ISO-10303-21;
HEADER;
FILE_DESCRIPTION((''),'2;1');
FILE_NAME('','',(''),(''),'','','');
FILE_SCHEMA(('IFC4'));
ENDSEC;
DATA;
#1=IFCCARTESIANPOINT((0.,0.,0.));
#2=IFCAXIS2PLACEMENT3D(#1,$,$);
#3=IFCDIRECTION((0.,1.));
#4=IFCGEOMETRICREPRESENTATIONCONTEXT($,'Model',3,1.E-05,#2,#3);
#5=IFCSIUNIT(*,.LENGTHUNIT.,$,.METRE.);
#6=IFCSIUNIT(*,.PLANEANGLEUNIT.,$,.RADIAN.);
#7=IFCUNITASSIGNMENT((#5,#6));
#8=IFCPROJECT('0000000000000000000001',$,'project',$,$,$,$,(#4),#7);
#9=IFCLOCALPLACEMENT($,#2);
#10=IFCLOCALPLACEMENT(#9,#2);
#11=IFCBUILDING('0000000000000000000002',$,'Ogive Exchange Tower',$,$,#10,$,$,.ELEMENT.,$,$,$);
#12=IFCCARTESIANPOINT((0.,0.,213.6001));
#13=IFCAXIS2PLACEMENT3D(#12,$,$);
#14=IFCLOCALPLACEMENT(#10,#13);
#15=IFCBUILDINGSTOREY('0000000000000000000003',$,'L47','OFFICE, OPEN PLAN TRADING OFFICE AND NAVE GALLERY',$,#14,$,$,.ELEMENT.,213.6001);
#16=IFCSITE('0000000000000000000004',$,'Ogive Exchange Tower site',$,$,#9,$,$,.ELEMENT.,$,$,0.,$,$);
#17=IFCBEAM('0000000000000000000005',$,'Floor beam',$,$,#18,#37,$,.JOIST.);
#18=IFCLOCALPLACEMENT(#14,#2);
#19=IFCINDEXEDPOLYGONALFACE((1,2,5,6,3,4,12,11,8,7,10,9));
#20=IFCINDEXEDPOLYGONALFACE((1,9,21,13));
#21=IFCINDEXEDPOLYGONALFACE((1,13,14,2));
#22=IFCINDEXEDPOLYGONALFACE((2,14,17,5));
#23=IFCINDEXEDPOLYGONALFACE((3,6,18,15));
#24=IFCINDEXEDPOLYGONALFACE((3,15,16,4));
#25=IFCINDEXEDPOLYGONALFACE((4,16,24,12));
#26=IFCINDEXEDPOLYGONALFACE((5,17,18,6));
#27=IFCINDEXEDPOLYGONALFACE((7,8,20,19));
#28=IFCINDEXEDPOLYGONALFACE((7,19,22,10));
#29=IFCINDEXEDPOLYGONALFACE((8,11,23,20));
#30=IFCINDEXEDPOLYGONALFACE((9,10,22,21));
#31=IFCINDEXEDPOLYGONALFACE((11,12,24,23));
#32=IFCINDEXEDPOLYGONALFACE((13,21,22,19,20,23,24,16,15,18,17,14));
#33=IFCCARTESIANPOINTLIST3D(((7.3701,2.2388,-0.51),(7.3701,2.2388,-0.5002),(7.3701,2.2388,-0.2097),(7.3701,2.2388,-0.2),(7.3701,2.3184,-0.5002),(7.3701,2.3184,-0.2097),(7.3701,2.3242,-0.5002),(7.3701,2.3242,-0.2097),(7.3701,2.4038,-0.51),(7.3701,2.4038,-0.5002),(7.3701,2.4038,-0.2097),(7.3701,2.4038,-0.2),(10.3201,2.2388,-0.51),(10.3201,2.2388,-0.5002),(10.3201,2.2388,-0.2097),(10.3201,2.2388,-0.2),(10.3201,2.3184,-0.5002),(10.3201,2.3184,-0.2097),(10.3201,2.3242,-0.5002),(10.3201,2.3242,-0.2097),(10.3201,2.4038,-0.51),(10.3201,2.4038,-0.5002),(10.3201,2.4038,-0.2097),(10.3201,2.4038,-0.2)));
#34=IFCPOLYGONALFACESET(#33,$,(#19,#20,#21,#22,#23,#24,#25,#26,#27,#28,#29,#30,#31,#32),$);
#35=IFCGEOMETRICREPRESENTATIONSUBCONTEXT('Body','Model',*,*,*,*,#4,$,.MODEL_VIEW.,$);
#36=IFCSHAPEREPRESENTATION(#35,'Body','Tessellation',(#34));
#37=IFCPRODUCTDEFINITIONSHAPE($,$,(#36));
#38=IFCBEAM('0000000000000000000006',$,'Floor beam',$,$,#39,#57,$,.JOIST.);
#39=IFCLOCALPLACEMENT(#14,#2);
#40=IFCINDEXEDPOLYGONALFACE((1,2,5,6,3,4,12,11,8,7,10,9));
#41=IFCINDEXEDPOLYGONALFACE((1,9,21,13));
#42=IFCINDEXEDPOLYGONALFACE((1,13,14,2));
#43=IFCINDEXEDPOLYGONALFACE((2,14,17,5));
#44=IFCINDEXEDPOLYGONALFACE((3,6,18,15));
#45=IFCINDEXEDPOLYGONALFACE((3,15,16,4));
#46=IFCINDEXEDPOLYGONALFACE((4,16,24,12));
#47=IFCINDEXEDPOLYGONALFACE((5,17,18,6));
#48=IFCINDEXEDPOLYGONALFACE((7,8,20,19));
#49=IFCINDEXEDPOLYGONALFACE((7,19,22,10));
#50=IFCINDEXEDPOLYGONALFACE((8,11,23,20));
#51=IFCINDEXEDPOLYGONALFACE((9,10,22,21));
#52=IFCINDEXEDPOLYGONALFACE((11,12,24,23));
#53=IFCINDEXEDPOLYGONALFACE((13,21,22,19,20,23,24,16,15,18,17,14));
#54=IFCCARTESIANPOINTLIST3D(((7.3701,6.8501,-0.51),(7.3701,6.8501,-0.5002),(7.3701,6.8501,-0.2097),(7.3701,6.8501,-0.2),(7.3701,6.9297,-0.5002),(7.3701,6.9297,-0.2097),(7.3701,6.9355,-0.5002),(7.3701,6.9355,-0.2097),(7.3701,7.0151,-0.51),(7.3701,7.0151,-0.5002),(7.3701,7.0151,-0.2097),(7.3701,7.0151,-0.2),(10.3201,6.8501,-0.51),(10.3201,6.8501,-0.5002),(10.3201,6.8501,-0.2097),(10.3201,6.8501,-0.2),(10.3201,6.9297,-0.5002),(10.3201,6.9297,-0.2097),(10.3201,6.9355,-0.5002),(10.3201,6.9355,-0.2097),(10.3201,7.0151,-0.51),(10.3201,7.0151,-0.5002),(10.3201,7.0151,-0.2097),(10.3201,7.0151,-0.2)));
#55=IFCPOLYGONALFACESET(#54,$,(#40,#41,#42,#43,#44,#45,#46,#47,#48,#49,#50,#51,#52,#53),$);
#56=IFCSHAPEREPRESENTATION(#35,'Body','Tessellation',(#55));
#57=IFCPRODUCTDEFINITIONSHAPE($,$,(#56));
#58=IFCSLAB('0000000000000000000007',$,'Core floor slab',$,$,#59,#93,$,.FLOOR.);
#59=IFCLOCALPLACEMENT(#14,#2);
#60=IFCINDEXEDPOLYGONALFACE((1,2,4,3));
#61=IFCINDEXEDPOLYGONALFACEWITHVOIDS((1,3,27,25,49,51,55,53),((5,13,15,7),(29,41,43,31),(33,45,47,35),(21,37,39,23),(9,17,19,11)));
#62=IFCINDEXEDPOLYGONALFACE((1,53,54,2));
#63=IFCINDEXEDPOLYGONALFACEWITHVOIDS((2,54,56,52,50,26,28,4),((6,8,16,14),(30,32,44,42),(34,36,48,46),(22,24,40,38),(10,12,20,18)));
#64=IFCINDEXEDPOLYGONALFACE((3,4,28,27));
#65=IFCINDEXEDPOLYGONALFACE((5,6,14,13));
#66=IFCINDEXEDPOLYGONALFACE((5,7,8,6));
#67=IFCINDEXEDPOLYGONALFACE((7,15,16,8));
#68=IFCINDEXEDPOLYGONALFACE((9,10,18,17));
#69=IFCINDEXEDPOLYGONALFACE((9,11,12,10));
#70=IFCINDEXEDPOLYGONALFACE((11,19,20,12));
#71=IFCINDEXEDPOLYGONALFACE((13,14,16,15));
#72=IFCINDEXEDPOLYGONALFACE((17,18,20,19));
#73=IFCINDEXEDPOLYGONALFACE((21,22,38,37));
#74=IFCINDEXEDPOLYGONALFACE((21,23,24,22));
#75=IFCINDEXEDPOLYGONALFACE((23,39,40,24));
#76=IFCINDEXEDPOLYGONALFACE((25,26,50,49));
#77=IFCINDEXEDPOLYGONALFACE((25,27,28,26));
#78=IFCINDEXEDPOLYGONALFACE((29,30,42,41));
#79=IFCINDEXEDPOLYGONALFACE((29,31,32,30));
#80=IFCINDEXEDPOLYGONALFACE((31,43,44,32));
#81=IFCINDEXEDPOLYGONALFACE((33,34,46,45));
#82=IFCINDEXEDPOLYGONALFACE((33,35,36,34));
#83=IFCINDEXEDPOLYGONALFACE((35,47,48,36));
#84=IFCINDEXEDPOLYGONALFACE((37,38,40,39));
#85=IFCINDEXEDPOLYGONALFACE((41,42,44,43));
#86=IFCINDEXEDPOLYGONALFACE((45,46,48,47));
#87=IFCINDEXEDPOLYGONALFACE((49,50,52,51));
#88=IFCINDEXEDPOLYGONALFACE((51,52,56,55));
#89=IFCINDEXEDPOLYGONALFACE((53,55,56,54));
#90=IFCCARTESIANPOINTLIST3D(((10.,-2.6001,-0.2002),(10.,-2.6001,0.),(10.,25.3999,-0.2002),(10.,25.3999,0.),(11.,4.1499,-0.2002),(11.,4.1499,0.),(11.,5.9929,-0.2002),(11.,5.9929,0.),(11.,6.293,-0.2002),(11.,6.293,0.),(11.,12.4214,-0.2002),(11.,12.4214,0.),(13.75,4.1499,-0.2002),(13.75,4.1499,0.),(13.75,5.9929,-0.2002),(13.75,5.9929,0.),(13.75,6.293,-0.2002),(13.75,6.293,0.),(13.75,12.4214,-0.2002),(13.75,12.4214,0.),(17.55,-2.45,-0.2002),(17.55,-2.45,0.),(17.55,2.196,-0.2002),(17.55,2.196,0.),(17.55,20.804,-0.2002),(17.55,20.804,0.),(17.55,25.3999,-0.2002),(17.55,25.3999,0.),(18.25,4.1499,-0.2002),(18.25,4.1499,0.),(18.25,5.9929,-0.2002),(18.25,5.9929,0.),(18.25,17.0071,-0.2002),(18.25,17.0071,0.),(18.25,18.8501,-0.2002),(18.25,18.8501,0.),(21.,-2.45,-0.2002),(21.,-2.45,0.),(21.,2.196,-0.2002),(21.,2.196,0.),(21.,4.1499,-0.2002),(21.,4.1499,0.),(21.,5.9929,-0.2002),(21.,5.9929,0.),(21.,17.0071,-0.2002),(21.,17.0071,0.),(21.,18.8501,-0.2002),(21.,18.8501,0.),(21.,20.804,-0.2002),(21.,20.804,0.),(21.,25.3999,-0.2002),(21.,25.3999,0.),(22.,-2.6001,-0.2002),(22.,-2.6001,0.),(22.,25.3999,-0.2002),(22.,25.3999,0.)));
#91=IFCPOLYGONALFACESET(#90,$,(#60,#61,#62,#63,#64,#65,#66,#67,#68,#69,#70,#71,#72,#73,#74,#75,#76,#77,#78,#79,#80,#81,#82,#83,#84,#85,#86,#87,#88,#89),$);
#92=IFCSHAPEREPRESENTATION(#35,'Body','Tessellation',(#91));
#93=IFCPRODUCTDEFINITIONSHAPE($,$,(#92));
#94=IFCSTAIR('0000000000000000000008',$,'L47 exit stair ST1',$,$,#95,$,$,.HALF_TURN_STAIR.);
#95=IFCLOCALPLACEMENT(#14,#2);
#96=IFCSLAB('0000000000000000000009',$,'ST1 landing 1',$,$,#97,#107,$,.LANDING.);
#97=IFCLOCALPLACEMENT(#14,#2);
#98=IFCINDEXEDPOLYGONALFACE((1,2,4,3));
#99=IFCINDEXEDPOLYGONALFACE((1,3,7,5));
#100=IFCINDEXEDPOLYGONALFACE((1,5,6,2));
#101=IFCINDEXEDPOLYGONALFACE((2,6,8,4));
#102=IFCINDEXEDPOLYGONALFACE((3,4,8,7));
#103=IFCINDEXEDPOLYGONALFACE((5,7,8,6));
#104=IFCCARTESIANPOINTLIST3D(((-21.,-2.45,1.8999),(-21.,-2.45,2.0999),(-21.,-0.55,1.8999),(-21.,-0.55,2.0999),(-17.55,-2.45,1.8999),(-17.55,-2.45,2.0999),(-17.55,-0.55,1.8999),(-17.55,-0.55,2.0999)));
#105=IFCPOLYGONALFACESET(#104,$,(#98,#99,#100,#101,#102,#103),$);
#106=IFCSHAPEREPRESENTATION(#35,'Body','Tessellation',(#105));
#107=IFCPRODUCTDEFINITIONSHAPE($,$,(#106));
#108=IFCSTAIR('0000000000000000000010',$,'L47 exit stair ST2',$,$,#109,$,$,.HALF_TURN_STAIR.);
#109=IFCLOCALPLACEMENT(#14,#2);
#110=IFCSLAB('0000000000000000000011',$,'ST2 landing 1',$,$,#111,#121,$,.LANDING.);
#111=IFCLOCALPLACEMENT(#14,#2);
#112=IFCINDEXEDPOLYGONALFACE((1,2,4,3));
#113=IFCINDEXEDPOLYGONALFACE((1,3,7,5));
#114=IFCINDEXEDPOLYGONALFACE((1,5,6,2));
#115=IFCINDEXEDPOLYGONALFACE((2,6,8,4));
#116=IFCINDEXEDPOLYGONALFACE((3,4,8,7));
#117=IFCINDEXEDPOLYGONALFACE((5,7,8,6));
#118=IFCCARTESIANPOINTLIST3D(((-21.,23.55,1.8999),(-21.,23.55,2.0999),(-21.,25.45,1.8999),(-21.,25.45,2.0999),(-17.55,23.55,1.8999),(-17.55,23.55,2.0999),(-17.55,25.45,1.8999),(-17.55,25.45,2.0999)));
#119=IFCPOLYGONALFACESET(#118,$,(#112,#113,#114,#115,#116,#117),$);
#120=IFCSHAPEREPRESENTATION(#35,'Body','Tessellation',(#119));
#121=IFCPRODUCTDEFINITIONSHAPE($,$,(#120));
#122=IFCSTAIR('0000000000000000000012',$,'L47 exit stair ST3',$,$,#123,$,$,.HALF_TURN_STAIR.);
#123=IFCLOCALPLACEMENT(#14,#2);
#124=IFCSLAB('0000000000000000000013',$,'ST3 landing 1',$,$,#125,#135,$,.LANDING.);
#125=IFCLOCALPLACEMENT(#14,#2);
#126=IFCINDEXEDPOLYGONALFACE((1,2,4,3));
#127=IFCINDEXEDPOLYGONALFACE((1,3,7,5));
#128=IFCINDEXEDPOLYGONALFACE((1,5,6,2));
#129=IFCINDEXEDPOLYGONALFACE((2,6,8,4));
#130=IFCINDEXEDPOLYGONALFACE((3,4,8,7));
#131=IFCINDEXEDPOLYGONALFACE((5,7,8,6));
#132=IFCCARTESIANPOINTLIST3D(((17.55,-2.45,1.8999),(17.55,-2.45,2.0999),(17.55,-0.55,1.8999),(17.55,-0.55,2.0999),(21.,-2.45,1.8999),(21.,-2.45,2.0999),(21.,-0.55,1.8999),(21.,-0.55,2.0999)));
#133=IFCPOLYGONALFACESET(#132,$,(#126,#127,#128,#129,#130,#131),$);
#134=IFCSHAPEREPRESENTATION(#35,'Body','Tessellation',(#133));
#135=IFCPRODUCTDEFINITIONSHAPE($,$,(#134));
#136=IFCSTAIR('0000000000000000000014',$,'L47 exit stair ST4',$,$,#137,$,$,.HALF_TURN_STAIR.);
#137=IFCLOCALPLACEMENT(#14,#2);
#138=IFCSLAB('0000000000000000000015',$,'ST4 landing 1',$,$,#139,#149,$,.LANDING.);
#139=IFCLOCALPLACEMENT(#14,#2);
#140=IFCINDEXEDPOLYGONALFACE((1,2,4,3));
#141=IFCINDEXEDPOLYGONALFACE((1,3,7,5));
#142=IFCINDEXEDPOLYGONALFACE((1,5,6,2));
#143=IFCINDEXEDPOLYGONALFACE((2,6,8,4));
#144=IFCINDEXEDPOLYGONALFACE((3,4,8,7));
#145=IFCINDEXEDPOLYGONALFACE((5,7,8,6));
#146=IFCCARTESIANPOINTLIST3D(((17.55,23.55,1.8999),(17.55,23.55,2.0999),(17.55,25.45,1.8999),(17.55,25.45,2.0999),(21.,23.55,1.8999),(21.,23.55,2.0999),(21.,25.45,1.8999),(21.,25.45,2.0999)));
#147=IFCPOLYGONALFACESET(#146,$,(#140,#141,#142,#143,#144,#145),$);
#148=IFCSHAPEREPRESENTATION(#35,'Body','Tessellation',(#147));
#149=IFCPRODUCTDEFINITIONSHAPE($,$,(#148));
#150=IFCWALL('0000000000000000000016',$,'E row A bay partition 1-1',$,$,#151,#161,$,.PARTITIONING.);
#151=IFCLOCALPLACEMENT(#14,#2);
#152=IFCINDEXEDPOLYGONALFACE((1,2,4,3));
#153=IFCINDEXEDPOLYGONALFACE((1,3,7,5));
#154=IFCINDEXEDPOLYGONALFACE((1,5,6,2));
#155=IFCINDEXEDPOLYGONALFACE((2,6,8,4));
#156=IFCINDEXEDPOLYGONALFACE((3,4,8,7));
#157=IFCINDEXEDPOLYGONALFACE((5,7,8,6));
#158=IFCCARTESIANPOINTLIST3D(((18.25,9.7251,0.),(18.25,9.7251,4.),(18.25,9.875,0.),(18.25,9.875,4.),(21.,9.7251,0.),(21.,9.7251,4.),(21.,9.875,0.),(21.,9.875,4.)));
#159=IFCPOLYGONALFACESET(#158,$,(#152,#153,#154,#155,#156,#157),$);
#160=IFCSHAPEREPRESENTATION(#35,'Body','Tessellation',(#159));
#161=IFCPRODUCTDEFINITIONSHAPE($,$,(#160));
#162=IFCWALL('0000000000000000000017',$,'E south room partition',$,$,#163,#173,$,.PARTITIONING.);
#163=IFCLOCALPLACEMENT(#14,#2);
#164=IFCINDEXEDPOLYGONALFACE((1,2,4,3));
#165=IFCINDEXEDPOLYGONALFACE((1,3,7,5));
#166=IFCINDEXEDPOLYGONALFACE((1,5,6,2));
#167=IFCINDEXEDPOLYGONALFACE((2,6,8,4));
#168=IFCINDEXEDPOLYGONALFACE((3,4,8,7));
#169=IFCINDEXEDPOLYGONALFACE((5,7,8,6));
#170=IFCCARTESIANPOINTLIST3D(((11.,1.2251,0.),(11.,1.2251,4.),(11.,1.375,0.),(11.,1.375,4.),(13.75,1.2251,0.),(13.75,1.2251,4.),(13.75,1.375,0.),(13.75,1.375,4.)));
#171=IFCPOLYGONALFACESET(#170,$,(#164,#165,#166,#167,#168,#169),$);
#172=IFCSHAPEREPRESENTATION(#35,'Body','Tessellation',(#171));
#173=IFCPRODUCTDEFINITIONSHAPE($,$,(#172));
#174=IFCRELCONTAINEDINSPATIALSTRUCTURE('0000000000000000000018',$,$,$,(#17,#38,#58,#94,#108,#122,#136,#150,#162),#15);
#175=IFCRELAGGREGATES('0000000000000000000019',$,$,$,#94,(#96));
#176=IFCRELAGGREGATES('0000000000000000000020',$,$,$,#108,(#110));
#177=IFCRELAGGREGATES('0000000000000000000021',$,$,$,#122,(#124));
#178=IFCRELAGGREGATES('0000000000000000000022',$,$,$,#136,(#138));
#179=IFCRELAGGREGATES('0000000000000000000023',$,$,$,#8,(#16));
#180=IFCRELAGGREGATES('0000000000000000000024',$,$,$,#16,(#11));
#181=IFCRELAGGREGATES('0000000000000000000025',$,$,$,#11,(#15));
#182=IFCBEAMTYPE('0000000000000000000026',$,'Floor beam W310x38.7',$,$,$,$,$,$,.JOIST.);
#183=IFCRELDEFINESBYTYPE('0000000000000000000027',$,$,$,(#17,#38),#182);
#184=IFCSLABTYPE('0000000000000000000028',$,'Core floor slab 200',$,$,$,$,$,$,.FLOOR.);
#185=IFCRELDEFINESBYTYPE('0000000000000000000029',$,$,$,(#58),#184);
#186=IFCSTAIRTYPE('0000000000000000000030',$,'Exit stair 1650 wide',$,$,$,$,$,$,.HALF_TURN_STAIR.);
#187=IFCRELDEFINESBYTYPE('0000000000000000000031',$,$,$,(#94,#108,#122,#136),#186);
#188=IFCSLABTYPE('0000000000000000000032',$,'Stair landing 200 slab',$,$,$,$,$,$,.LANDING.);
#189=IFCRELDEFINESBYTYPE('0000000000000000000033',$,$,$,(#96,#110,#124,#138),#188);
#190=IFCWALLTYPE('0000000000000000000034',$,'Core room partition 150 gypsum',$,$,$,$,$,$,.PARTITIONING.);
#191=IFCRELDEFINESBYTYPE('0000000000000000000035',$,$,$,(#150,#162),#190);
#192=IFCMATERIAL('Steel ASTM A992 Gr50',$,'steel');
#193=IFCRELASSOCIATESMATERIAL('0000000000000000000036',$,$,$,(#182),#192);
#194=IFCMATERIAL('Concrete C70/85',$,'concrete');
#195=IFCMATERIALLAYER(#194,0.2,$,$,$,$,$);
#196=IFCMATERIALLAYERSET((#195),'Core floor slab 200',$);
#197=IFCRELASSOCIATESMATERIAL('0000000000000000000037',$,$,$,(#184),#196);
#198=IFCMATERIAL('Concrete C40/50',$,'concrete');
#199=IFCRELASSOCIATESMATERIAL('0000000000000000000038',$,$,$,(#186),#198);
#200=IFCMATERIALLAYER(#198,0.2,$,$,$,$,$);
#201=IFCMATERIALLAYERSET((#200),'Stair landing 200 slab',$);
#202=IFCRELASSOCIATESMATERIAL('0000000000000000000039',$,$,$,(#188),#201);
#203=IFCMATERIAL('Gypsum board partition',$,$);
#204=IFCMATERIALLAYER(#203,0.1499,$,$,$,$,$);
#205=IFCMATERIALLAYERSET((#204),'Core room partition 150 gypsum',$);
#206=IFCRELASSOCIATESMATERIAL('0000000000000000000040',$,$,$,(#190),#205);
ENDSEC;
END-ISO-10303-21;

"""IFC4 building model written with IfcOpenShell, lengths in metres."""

from ifc_helpers import new_model, si_unit, direction, frame, frame_2d, origin, origin_2d, place, context, subcontext, project, spatial, polyline, rectangle, i_section, outline, extrude, material, layer, layer_set, material_profile, profile_set, type_object, element, aggregate, save


model = new_model("IFC4")

# Units and contexts
model_context = context("Model", 3, precision=1e-05, world=origin(), true_north=direction((0.0, 1.0)))
body_context = subcontext(model_context, "Body", "Model", "MODEL_VIEW")
ifc_project = project(units=[si_unit("LENGTHUNIT", "METRE"), si_unit("PLANEANGLEUNIT", "RADIAN")], contexts=[model_context])

# Site, building, storey
site_placement = place(None, origin())
site = spatial("IfcSite", under=ifc_project, at=site_placement, Name="Ogive Exchange Tower site", CompositionType="ELEMENT", RefElevation=0.0)
building_placement = place(site_placement, origin())
building = spatial("IfcBuilding", under=site, at=building_placement, Name="Ogive Exchange Tower", CompositionType="ELEMENT")
storey_placement = place(building_placement, frame((0.0, 0.0, 213.6001)))
storey = spatial("IfcBuildingStorey", under=building, at=storey_placement, Name="L47", Description="OFFICE, OPEN PLAN TRADING OFFICE AND NAVE GALLERY", CompositionType="ELEMENT", Elevation=213.6001)

# Beams
ifc_material_1 = material(Name="Steel ASTM A992 Gr50", Category="steel")
ifc_material_profile = material_profile(ifc_material_1, i_section(OverallWidth=0.165, OverallDepth=0.3101, WebThickness=0.0059, FlangeThickness=0.0098, at=origin_2d()), Name="W310x38.7")
ifc_profile_set = profile_set([ifc_material_profile], Name="Steel ASTM A992 Gr50")
beam_type = type_object("IfcBeamType", Name="Floor beam W310x38.7", PredefinedType="JOIST", material=ifc_profile_set)
for number, where, z_axis, x_axis, name in (
    (1, (7.3701, 2.3213, -0.355), (1.0, 0.0, 0.0), (0.0, 1.0, 0.0), "Floor beam"),
    (2, (7.3701, 6.9326, -0.355), (1.0, 0.0, 0.0), (0.0, 1.0, 0.0), "Floor beam"),
):
    element("IfcBeam", number, at=place(storey_placement, frame(where, z_axis=z_axis, x_axis=x_axis)), inside=storey, type_object=beam_type, Name=name, PredefinedType="JOIST", context=body_context, shape_type="SweptSolid", body=[
        extrude(i_section(OverallWidth=0.165, OverallDepth=0.3101, WebThickness=0.0059, FlangeThickness=0.0098, at=origin_2d()), origin(), (0.0, 0.0, 1.0), 2.95),
    ])

# Slab
ifc_material_2 = material(Name="Concrete C70/85", Category="concrete")
ifc_layer_1 = layer(ifc_material_2, 0.2)
ifc_layer_set_1 = layer_set([ifc_layer_1], Name="Core floor slab 200")
slab_type_1 = type_object("IfcSlabType", Name="Core floor slab 200", PredefinedType="FLOOR", material=ifc_layer_set_1)
slab_1_placement = place(storey_placement, frame((0.0, 0.0, -0.2002)))
element("IfcSlab", 3, at=slab_1_placement, inside=storey, type_object=slab_type_1, Name="Core floor slab", PredefinedType="FLOOR", context=body_context, shape_type="SweptSolid", body=[
    extrude(outline(polyline([(22.0, 25.3999), (22.0, -2.6001), (10.0, -2.6001), (10.0, 25.3999), (17.55, 25.3999), (17.55, 20.804), (21.0, 20.804), (21.0, 25.3999), (22.0, 25.3999)]), holes=[polyline([(21.0, 2.196), (17.55, 2.196), (17.55, -2.45), (21.0, -2.45), (21.0, 2.196)]), polyline([(13.75, 5.9929), (11.0, 5.9929), (11.0, 4.1499), (13.75, 4.1499), (13.75, 5.9929)]), polyline([(21.0, 5.9929), (18.25, 5.9929), (18.25, 4.1499), (21.0, 4.1499), (21.0, 5.9929)]), polyline([(11.0, 12.4214), (11.0, 6.293), (13.75, 6.293), (13.75, 12.4214), (11.0, 12.4214)]), polyline([(21.0, 18.8501), (18.25, 18.8501), (18.25, 17.0071), (21.0, 17.0071), (21.0, 18.8501)])]), origin(), (0.0, 0.0, 1.0), 0.2002),
])

# Stairs, slabs
ifc_material_3 = material(Name="Concrete C40/50", Category="concrete")
stair_type = type_object("IfcStairType", Name="Exit stair 1650 wide", PredefinedType="HALF_TURN_STAIR", material=ifc_material_3)
stair_1_placement = place(storey_placement, origin())
stair_1 = element("IfcStair", 4, at=stair_1_placement, inside=storey, type_object=stair_type, Name="L47 exit stair ST1", PredefinedType="HALF_TURN_STAIR")
ifc_layer_2 = layer(ifc_material_3, 0.2)
ifc_layer_set_2 = layer_set([ifc_layer_2], Name="Stair landing 200 slab")
slab_type_2 = type_object("IfcSlabType", Name="Stair landing 200 slab", PredefinedType="LANDING", material=ifc_layer_set_2)
slab_2_placement = place(storey_placement, frame((0.0, 0.0, 1.8999)))
slab_2 = element("IfcSlab", 5, at=slab_2_placement, type_object=slab_type_2, Name="ST1 landing 1", PredefinedType="LANDING", context=body_context, shape_type="SweptSolid", body=[
    extrude(outline(polyline([(-21.0, -0.55), (-21.0, -2.45), (-17.55, -2.45), (-17.55, -0.55), (-21.0, -0.55)])), origin(), (0.0, 0.0, 1.0), 0.2),
])
aggregate(stair_1, [slab_2])
stair_2_placement = place(storey_placement, origin())
stair_2 = element("IfcStair", 6, at=stair_2_placement, inside=storey, type_object=stair_type, Name="L47 exit stair ST2", PredefinedType="HALF_TURN_STAIR")
slab_3_placement = place(storey_placement, frame((0.0, 0.0, 1.8999)))
slab_3 = element("IfcSlab", 7, at=slab_3_placement, type_object=slab_type_2, Name="ST2 landing 1", PredefinedType="LANDING", context=body_context, shape_type="SweptSolid", body=[
    extrude(outline(polyline([(-17.55, 23.55), (-17.55, 25.45), (-21.0, 25.45), (-21.0, 23.55), (-17.55, 23.55)])), origin(), (0.0, 0.0, 1.0), 0.2),
])
aggregate(stair_2, [slab_3])
stair_3_placement = place(storey_placement, origin())
stair_3 = element("IfcStair", 8, at=stair_3_placement, inside=storey, type_object=stair_type, Name="L47 exit stair ST3", PredefinedType="HALF_TURN_STAIR")
slab_4_placement = place(storey_placement, frame((0.0, 0.0, 1.8999)))
slab_4 = element("IfcSlab", 9, at=slab_4_placement, type_object=slab_type_2, Name="ST3 landing 1", PredefinedType="LANDING", context=body_context, shape_type="SweptSolid", body=[
    extrude(outline(polyline([(17.55, -0.55), (17.55, -2.45), (21.0, -2.45), (21.0, -0.55), (17.55, -0.55)])), origin(), (0.0, 0.0, 1.0), 0.2),
])
aggregate(stair_3, [slab_4])
stair_4_placement = place(storey_placement, origin())
stair_4 = element("IfcStair", 10, at=stair_4_placement, inside=storey, type_object=stair_type, Name="L47 exit stair ST4", PredefinedType="HALF_TURN_STAIR")
slab_5_placement = place(storey_placement, frame((0.0, 0.0, 1.8999)))
slab_5 = element("IfcSlab", 11, at=slab_5_placement, type_object=slab_type_2, Name="ST4 landing 1", PredefinedType="LANDING", context=body_context, shape_type="SweptSolid", body=[
    extrude(outline(polyline([(21.0, 23.55), (21.0, 25.45), (17.55, 25.45), (17.55, 23.55), (21.0, 23.55)])), origin(), (0.0, 0.0, 1.0), 0.2),
])
aggregate(stair_4, [slab_5])

# Walls
ifc_material_4 = material(Name="Gypsum board partition")
ifc_layer_3 = layer(ifc_material_4, 0.1499)
ifc_layer_set_3 = layer_set([ifc_layer_3], Name="Core room partition 150 gypsum")
wall_type_1 = type_object("IfcWallType", Name="Core room partition 150 gypsum", PredefinedType="PARTITIONING", material=ifc_layer_set_3)
for number, where, z_axis, x_axis, name in (
    (12, (18.25, 9.8, 0.0), (0.0, 0.0, 1.0), (1.0, 0.0, 0.0), "E row A bay partition 1-1"),
    (13, (11.0, 1.3, 0.0), (0.0, 0.0, 1.0), (1.0, 0.0, 0.0), "E south room partition"),
):
    element("IfcWall", number, at=place(storey_placement, frame(where, z_axis=z_axis, x_axis=x_axis)), inside=storey, type_object=wall_type_1, Name=name, PredefinedType="PARTITIONING", context=body_context, shape_type="SweptSolid", body=[
        extrude(rectangle(XDim=2.75, YDim=0.1499, at=frame_2d((1.375, 0.0))), origin(), (0.0, 0.0, 1.0), 4.0),
    ])

save(model, "model.ifc")
